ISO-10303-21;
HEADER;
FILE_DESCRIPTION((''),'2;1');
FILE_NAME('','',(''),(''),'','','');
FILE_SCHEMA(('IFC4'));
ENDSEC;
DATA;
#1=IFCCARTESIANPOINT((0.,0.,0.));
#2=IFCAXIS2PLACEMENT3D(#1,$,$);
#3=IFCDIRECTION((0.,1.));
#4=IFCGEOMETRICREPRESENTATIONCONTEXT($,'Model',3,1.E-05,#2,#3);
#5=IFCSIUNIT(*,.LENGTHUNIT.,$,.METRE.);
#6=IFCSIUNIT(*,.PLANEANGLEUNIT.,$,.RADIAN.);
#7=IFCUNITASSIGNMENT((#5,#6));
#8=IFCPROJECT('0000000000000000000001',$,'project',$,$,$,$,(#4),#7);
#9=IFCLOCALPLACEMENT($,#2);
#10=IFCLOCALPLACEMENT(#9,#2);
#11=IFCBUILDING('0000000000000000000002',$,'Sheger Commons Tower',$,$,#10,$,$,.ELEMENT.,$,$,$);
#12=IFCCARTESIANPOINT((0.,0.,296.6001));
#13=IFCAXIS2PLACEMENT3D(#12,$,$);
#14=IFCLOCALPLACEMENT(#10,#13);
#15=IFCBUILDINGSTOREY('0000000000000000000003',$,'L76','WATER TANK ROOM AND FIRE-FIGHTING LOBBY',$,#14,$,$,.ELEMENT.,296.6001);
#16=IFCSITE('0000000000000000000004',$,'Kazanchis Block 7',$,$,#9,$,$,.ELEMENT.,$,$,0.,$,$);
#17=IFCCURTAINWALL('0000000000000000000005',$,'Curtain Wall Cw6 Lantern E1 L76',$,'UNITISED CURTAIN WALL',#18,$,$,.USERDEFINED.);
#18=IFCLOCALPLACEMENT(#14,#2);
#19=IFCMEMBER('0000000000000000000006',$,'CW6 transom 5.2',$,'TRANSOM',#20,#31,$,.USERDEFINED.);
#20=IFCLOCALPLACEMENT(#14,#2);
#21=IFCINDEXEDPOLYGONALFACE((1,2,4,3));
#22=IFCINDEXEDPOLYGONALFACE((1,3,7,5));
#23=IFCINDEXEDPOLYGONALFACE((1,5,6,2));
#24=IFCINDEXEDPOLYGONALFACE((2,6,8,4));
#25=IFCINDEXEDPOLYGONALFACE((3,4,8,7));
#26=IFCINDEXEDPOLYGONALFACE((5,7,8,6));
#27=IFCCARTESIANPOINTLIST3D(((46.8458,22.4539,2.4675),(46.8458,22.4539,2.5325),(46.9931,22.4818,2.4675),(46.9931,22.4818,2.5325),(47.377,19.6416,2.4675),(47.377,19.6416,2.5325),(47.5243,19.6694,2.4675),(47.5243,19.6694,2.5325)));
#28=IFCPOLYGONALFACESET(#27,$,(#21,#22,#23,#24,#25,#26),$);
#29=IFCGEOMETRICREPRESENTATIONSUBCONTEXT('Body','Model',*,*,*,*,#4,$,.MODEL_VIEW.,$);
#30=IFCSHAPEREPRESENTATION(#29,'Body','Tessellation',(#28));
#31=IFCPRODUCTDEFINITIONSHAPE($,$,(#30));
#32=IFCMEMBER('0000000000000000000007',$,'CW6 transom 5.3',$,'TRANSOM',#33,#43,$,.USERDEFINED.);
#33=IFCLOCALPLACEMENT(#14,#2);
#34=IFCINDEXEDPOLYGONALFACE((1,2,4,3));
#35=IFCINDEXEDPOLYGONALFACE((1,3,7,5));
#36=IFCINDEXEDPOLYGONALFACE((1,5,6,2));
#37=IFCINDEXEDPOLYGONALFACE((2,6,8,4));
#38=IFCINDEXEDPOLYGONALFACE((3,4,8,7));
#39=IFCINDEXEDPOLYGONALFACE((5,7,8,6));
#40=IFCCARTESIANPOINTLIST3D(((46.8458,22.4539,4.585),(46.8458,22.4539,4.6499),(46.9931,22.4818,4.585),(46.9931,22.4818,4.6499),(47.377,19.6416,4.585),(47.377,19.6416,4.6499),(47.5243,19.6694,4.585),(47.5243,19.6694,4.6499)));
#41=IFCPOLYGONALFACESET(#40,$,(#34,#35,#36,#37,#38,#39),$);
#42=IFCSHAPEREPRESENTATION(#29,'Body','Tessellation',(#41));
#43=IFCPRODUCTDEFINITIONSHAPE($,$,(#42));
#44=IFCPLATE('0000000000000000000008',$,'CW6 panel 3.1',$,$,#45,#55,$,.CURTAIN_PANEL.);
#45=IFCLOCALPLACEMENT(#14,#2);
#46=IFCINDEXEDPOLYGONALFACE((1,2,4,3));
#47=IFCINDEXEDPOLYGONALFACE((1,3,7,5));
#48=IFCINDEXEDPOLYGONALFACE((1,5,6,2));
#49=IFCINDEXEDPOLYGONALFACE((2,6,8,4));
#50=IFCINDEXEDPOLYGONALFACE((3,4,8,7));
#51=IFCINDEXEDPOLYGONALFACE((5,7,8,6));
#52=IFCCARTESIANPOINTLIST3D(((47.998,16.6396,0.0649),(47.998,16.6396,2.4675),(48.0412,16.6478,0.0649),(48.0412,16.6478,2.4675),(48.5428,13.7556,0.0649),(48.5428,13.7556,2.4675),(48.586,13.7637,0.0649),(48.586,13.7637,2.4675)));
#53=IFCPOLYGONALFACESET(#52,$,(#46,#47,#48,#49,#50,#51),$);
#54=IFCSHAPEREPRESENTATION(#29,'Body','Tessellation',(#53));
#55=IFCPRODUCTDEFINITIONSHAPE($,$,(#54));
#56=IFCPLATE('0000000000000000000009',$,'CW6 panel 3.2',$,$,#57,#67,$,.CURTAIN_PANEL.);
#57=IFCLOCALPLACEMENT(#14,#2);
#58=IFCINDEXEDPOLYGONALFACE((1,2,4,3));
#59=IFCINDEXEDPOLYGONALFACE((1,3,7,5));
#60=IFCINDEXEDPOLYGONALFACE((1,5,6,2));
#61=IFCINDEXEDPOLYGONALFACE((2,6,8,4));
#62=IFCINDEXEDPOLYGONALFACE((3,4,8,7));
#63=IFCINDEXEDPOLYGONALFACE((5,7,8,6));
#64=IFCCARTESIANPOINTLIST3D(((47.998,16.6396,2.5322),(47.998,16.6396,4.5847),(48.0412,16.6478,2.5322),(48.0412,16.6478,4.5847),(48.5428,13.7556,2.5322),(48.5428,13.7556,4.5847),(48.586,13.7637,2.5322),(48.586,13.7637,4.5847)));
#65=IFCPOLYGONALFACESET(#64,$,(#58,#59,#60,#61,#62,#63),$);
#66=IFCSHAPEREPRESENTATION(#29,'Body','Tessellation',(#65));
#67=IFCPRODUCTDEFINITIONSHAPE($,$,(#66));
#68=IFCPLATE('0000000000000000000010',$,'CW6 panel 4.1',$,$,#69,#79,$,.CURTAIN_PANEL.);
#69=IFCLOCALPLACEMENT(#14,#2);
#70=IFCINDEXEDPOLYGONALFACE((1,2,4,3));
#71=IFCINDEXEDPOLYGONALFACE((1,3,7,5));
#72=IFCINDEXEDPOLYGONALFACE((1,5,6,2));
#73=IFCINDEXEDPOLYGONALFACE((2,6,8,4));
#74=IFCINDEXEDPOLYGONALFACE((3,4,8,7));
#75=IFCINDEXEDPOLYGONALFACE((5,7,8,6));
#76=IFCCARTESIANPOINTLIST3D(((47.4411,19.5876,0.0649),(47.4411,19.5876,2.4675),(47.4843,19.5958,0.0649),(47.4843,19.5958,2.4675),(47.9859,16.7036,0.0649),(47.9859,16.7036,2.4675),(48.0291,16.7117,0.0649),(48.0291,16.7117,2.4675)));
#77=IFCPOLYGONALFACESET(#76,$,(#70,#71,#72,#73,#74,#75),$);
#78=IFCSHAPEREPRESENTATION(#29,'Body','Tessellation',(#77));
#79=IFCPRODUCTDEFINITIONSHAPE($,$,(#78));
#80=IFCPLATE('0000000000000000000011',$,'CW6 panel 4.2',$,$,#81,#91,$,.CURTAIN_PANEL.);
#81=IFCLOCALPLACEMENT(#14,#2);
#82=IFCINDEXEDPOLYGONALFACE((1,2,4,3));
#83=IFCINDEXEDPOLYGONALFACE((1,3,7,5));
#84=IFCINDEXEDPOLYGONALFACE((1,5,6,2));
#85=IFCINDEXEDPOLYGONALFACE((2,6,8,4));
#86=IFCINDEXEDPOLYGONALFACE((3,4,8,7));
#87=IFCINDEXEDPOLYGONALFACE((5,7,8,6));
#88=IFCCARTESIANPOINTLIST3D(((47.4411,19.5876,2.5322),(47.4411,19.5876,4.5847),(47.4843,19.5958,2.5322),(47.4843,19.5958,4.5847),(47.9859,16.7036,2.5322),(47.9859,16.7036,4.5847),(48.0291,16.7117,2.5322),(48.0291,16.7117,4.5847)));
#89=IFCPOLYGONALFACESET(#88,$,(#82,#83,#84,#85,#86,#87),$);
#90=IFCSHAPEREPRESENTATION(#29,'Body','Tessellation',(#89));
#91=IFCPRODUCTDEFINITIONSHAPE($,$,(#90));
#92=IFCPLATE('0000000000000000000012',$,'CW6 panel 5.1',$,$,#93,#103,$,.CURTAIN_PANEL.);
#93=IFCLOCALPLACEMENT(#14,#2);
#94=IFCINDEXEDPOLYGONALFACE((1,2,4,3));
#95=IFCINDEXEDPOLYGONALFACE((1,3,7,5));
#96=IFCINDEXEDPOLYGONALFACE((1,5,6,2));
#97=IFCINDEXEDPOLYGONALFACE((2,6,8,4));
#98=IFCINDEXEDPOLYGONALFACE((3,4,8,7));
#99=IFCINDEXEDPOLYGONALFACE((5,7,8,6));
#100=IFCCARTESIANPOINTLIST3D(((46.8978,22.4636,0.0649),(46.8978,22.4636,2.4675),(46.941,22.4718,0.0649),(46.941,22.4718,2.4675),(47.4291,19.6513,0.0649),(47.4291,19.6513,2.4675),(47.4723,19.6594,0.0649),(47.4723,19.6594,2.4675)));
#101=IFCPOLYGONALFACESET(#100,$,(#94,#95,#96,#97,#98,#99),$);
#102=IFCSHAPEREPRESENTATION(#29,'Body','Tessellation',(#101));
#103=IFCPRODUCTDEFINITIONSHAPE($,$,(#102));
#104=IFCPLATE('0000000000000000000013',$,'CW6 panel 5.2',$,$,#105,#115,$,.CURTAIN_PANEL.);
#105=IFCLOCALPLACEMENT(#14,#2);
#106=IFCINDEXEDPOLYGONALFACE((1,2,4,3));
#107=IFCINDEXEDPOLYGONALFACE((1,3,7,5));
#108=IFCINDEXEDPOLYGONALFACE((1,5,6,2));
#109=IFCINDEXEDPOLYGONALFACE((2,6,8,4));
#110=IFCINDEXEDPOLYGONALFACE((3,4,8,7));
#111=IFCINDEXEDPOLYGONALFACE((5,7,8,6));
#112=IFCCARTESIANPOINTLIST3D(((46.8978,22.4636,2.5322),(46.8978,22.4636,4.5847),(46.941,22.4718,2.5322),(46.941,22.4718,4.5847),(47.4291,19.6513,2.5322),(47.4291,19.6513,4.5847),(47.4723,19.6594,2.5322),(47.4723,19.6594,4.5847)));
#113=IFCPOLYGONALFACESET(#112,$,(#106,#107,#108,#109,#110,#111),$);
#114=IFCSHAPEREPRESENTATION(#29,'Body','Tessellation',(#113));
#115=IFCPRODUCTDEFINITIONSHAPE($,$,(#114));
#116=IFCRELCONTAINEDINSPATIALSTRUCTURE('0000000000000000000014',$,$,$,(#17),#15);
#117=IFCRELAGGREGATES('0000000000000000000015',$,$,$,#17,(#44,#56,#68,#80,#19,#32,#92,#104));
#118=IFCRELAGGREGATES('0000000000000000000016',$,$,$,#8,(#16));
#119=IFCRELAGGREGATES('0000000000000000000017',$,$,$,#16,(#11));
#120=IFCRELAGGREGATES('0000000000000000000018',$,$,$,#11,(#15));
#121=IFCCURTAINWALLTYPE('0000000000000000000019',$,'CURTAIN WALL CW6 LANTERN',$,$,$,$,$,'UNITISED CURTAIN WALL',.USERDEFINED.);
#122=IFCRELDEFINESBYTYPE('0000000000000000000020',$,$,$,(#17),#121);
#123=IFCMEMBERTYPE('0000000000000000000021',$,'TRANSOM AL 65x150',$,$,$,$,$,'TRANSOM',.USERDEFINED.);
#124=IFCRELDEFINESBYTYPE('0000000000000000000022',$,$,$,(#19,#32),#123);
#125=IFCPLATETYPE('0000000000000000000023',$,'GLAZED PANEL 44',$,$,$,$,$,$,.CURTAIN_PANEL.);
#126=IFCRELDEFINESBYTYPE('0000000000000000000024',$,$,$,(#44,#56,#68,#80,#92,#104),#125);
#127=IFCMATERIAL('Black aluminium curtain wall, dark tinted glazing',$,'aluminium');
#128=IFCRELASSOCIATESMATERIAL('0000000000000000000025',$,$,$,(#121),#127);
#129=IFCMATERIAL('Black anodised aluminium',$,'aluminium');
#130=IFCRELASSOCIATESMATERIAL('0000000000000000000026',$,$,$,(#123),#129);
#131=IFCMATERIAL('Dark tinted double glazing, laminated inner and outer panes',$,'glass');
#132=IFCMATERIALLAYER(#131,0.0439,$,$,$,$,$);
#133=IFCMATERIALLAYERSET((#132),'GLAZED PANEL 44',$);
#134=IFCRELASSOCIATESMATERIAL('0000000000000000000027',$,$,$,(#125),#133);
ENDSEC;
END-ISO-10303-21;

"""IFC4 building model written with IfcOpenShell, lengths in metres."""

from ifc_helpers import new_model, si_unit, direction, frame, origin, origin_2d, place, context, subcontext, project, spatial, rectangle, extrude, material, layer, layer_set, material_profile, profile_set, type_object, element, aggregate, save


model = new_model("IFC4")

# Units and contexts
model_context = context("Model", 3, precision=1e-05, world=origin(), true_north=direction((0.0, 1.0)))
body_context = subcontext(model_context, "Body", "Model", "MODEL_VIEW")
ifc_project = project(units=[si_unit("LENGTHUNIT", "METRE"), si_unit("PLANEANGLEUNIT", "RADIAN")], contexts=[model_context])

# Site, building, storey
site_placement = place(None, origin())
site = spatial("IfcSite", under=ifc_project, at=site_placement, Name="Kazanchis Block 7", CompositionType="ELEMENT", RefElevation=0.0)
building_placement = place(site_placement, origin())
building = spatial("IfcBuilding", under=site, at=building_placement, Name="Sheger Commons Tower", CompositionType="ELEMENT")
storey_placement = place(building_placement, frame((0.0, 0.0, 296.6001)))
storey = spatial("IfcBuildingStorey", under=building, at=storey_placement, Name="L76", Description="WATER TANK ROOM AND FIRE-FIGHTING LOBBY", CompositionType="ELEMENT", Elevation=296.6001)

# Curtain wall
ifc_material_1 = material(Name="Black aluminium curtain wall, dark tinted glazing", Category="aluminium")
curtain_wall_type = type_object("IfcCurtainWallType", Name="CURTAIN WALL CW6 LANTERN", ElementType="UNITISED CURTAIN WALL", PredefinedType="USERDEFINED", material=ifc_material_1)
curtain_wall_placement = place(storey_placement, origin())
curtain_wall = element("IfcCurtainWall", 1, at=curtain_wall_placement, inside=storey, type_object=curtain_wall_type, Name="Curtain Wall Cw6 Lantern E1 L76", ObjectType="UNITISED CURTAIN WALL", PredefinedType="USERDEFINED")

# Members
ifc_material_2 = material(Name="Black anodised aluminium", Category="aluminium")
ifc_material_profile_1 = material_profile(ifc_material_2, rectangle(XDim=0.1499, YDim=0.0649, at=origin_2d()), Name="AL 65x150")
ifc_profile_set_1 = profile_set([ifc_material_profile_1], Name="Black anodised aluminium")
member_type_1 = type_object("IfcMemberType", Name="TRANSOM AL 65x150", ElementType="TRANSOM", PredefinedType="USERDEFINED", material=ifc_profile_set_1)
member_1_placement = place(storey_placement, frame((47.4507, 19.6555, 2.5), z_axis=(-0.185622, 0.982621, 0.0), x_axis=(-0.982621, -0.185622, 0.0)))
member_1 = element("IfcMember", 2, at=member_1_placement, type_object=member_type_1, Name="CW6 transom 5.2", ObjectType="TRANSOM", PredefinedType="USERDEFINED", context=body_context, shape_type="SweptSolid", body=[
    extrude(rectangle(XDim=0.1499, YDim=0.0649, at=origin_2d()), origin(), (0.0, 0.0, 1.0), 2.8621),
])
member_2_placement = place(storey_placement, frame((47.4507, 19.6555, 4.6174), z_axis=(-0.185622, 0.982621, 0.0), x_axis=(-0.982621, -0.185622, 0.0)))
member_2 = element("IfcMember", 3, at=member_2_placement, type_object=member_type_1, Name="CW6 transom 5.3", ObjectType="TRANSOM", PredefinedType="USERDEFINED", context=body_context, shape_type="SweptSolid", body=[
    extrude(rectangle(XDim=0.1499, YDim=0.0649, at=origin_2d()), origin(), (0.0, 0.0, 1.0), 2.8621),
])

# Plates
ifc_material_3 = material(Name="Dark tinted double glazing, laminated inner and outer panes", Category="glass")
ifc_layer = layer(ifc_material_3, 0.0439)
ifc_layer_set = layer_set([ifc_layer], Name="GLAZED PANEL 44")
plate_type = type_object("IfcPlateType", Name="GLAZED PANEL 44", PredefinedType="CURTAIN_PANEL", material=ifc_layer_set)
plate_1_placement = place(storey_placement, frame((48.292, 15.2017, 0.0649), z_axis=(0.0, 0.0, 1.0), x_axis=(-0.185613, 0.982623, 0.0)))
plate_1 = element("IfcPlate", 4, at=plate_1_placement, type_object=plate_type, Name="CW6 panel 3.1", PredefinedType="CURTAIN_PANEL", context=body_context, shape_type="SweptSolid", body=[
    extrude(rectangle(XDim=2.9351, YDim=0.0439, at=origin_2d()), origin(), (0.0, 0.0, 1.0), 2.4026),
])
plate_2_placement = place(storey_placement, frame((48.292, 15.2017, 2.5322), z_axis=(0.0, 0.0, 1.0), x_axis=(-0.185613, 0.982623, 0.0)))
plate_2 = element("IfcPlate", 5, at=plate_2_placement, type_object=plate_type, Name="CW6 panel 3.2", PredefinedType="CURTAIN_PANEL", context=body_context, shape_type="SweptSolid", body=[
    extrude(rectangle(XDim=2.9351, YDim=0.0439, at=origin_2d()), origin(), (0.0, 0.0, 1.0), 2.0525),
])
plate_3_placement = place(storey_placement, frame((47.7351, 18.1497, 0.0649), z_axis=(0.0, 0.0, 1.0), x_axis=(-0.185613, 0.982623, 0.0)))
plate_3 = element("IfcPlate", 6, at=plate_3_placement, type_object=plate_type, Name="CW6 panel 4.1", PredefinedType="CURTAIN_PANEL", context=body_context, shape_type="SweptSolid", body=[
    extrude(rectangle(XDim=2.9351, YDim=0.0439, at=origin_2d()), origin(), (0.0, 0.0, 1.0), 2.4026),
])
plate_4_placement = place(storey_placement, frame((47.7351, 18.1497, 2.5322), z_axis=(0.0, 0.0, 1.0), x_axis=(-0.185613, 0.982623, 0.0)))
plate_4 = element("IfcPlate", 7, at=plate_4_placement, type_object=plate_type, Name="CW6 panel 4.2", PredefinedType="CURTAIN_PANEL", context=body_context, shape_type="SweptSolid", body=[
    extrude(rectangle(XDim=2.9351, YDim=0.0439, at=origin_2d()), origin(), (0.0, 0.0, 1.0), 2.0525),
])
plate_5_placement = place(storey_placement, frame((47.1851, 21.0615, 0.0649), z_axis=(0.0, 0.0, 1.0), x_axis=(-0.185613, 0.982623, 0.0)))
plate_5 = element("IfcPlate", 8, at=plate_5_placement, type_object=plate_type, Name="CW6 panel 5.1", PredefinedType="CURTAIN_PANEL", context=body_context, shape_type="SweptSolid", body=[
    extrude(rectangle(XDim=2.8621, YDim=0.0439, at=origin_2d()), origin(), (0.0, 0.0, 1.0), 2.4026),
])
plate_6_placement = place(storey_placement, frame((47.1851, 21.0615, 2.5322), z_axis=(0.0, 0.0, 1.0), x_axis=(-0.185613, 0.982623, 0.0)))
plate_6 = element("IfcPlate", 9, at=plate_6_placement, type_object=plate_type, Name="CW6 panel 5.2", PredefinedType="CURTAIN_PANEL", context=body_context, shape_type="SweptSolid", body=[
    extrude(rectangle(XDim=2.8621, YDim=0.0439, at=origin_2d()), origin(), (0.0, 0.0, 1.0), 2.0525),
])
aggregate(curtain_wall, [plate_1, plate_2, plate_3, plate_4, member_1, member_2, plate_5, plate_6])

save(model, "model.ifc")
